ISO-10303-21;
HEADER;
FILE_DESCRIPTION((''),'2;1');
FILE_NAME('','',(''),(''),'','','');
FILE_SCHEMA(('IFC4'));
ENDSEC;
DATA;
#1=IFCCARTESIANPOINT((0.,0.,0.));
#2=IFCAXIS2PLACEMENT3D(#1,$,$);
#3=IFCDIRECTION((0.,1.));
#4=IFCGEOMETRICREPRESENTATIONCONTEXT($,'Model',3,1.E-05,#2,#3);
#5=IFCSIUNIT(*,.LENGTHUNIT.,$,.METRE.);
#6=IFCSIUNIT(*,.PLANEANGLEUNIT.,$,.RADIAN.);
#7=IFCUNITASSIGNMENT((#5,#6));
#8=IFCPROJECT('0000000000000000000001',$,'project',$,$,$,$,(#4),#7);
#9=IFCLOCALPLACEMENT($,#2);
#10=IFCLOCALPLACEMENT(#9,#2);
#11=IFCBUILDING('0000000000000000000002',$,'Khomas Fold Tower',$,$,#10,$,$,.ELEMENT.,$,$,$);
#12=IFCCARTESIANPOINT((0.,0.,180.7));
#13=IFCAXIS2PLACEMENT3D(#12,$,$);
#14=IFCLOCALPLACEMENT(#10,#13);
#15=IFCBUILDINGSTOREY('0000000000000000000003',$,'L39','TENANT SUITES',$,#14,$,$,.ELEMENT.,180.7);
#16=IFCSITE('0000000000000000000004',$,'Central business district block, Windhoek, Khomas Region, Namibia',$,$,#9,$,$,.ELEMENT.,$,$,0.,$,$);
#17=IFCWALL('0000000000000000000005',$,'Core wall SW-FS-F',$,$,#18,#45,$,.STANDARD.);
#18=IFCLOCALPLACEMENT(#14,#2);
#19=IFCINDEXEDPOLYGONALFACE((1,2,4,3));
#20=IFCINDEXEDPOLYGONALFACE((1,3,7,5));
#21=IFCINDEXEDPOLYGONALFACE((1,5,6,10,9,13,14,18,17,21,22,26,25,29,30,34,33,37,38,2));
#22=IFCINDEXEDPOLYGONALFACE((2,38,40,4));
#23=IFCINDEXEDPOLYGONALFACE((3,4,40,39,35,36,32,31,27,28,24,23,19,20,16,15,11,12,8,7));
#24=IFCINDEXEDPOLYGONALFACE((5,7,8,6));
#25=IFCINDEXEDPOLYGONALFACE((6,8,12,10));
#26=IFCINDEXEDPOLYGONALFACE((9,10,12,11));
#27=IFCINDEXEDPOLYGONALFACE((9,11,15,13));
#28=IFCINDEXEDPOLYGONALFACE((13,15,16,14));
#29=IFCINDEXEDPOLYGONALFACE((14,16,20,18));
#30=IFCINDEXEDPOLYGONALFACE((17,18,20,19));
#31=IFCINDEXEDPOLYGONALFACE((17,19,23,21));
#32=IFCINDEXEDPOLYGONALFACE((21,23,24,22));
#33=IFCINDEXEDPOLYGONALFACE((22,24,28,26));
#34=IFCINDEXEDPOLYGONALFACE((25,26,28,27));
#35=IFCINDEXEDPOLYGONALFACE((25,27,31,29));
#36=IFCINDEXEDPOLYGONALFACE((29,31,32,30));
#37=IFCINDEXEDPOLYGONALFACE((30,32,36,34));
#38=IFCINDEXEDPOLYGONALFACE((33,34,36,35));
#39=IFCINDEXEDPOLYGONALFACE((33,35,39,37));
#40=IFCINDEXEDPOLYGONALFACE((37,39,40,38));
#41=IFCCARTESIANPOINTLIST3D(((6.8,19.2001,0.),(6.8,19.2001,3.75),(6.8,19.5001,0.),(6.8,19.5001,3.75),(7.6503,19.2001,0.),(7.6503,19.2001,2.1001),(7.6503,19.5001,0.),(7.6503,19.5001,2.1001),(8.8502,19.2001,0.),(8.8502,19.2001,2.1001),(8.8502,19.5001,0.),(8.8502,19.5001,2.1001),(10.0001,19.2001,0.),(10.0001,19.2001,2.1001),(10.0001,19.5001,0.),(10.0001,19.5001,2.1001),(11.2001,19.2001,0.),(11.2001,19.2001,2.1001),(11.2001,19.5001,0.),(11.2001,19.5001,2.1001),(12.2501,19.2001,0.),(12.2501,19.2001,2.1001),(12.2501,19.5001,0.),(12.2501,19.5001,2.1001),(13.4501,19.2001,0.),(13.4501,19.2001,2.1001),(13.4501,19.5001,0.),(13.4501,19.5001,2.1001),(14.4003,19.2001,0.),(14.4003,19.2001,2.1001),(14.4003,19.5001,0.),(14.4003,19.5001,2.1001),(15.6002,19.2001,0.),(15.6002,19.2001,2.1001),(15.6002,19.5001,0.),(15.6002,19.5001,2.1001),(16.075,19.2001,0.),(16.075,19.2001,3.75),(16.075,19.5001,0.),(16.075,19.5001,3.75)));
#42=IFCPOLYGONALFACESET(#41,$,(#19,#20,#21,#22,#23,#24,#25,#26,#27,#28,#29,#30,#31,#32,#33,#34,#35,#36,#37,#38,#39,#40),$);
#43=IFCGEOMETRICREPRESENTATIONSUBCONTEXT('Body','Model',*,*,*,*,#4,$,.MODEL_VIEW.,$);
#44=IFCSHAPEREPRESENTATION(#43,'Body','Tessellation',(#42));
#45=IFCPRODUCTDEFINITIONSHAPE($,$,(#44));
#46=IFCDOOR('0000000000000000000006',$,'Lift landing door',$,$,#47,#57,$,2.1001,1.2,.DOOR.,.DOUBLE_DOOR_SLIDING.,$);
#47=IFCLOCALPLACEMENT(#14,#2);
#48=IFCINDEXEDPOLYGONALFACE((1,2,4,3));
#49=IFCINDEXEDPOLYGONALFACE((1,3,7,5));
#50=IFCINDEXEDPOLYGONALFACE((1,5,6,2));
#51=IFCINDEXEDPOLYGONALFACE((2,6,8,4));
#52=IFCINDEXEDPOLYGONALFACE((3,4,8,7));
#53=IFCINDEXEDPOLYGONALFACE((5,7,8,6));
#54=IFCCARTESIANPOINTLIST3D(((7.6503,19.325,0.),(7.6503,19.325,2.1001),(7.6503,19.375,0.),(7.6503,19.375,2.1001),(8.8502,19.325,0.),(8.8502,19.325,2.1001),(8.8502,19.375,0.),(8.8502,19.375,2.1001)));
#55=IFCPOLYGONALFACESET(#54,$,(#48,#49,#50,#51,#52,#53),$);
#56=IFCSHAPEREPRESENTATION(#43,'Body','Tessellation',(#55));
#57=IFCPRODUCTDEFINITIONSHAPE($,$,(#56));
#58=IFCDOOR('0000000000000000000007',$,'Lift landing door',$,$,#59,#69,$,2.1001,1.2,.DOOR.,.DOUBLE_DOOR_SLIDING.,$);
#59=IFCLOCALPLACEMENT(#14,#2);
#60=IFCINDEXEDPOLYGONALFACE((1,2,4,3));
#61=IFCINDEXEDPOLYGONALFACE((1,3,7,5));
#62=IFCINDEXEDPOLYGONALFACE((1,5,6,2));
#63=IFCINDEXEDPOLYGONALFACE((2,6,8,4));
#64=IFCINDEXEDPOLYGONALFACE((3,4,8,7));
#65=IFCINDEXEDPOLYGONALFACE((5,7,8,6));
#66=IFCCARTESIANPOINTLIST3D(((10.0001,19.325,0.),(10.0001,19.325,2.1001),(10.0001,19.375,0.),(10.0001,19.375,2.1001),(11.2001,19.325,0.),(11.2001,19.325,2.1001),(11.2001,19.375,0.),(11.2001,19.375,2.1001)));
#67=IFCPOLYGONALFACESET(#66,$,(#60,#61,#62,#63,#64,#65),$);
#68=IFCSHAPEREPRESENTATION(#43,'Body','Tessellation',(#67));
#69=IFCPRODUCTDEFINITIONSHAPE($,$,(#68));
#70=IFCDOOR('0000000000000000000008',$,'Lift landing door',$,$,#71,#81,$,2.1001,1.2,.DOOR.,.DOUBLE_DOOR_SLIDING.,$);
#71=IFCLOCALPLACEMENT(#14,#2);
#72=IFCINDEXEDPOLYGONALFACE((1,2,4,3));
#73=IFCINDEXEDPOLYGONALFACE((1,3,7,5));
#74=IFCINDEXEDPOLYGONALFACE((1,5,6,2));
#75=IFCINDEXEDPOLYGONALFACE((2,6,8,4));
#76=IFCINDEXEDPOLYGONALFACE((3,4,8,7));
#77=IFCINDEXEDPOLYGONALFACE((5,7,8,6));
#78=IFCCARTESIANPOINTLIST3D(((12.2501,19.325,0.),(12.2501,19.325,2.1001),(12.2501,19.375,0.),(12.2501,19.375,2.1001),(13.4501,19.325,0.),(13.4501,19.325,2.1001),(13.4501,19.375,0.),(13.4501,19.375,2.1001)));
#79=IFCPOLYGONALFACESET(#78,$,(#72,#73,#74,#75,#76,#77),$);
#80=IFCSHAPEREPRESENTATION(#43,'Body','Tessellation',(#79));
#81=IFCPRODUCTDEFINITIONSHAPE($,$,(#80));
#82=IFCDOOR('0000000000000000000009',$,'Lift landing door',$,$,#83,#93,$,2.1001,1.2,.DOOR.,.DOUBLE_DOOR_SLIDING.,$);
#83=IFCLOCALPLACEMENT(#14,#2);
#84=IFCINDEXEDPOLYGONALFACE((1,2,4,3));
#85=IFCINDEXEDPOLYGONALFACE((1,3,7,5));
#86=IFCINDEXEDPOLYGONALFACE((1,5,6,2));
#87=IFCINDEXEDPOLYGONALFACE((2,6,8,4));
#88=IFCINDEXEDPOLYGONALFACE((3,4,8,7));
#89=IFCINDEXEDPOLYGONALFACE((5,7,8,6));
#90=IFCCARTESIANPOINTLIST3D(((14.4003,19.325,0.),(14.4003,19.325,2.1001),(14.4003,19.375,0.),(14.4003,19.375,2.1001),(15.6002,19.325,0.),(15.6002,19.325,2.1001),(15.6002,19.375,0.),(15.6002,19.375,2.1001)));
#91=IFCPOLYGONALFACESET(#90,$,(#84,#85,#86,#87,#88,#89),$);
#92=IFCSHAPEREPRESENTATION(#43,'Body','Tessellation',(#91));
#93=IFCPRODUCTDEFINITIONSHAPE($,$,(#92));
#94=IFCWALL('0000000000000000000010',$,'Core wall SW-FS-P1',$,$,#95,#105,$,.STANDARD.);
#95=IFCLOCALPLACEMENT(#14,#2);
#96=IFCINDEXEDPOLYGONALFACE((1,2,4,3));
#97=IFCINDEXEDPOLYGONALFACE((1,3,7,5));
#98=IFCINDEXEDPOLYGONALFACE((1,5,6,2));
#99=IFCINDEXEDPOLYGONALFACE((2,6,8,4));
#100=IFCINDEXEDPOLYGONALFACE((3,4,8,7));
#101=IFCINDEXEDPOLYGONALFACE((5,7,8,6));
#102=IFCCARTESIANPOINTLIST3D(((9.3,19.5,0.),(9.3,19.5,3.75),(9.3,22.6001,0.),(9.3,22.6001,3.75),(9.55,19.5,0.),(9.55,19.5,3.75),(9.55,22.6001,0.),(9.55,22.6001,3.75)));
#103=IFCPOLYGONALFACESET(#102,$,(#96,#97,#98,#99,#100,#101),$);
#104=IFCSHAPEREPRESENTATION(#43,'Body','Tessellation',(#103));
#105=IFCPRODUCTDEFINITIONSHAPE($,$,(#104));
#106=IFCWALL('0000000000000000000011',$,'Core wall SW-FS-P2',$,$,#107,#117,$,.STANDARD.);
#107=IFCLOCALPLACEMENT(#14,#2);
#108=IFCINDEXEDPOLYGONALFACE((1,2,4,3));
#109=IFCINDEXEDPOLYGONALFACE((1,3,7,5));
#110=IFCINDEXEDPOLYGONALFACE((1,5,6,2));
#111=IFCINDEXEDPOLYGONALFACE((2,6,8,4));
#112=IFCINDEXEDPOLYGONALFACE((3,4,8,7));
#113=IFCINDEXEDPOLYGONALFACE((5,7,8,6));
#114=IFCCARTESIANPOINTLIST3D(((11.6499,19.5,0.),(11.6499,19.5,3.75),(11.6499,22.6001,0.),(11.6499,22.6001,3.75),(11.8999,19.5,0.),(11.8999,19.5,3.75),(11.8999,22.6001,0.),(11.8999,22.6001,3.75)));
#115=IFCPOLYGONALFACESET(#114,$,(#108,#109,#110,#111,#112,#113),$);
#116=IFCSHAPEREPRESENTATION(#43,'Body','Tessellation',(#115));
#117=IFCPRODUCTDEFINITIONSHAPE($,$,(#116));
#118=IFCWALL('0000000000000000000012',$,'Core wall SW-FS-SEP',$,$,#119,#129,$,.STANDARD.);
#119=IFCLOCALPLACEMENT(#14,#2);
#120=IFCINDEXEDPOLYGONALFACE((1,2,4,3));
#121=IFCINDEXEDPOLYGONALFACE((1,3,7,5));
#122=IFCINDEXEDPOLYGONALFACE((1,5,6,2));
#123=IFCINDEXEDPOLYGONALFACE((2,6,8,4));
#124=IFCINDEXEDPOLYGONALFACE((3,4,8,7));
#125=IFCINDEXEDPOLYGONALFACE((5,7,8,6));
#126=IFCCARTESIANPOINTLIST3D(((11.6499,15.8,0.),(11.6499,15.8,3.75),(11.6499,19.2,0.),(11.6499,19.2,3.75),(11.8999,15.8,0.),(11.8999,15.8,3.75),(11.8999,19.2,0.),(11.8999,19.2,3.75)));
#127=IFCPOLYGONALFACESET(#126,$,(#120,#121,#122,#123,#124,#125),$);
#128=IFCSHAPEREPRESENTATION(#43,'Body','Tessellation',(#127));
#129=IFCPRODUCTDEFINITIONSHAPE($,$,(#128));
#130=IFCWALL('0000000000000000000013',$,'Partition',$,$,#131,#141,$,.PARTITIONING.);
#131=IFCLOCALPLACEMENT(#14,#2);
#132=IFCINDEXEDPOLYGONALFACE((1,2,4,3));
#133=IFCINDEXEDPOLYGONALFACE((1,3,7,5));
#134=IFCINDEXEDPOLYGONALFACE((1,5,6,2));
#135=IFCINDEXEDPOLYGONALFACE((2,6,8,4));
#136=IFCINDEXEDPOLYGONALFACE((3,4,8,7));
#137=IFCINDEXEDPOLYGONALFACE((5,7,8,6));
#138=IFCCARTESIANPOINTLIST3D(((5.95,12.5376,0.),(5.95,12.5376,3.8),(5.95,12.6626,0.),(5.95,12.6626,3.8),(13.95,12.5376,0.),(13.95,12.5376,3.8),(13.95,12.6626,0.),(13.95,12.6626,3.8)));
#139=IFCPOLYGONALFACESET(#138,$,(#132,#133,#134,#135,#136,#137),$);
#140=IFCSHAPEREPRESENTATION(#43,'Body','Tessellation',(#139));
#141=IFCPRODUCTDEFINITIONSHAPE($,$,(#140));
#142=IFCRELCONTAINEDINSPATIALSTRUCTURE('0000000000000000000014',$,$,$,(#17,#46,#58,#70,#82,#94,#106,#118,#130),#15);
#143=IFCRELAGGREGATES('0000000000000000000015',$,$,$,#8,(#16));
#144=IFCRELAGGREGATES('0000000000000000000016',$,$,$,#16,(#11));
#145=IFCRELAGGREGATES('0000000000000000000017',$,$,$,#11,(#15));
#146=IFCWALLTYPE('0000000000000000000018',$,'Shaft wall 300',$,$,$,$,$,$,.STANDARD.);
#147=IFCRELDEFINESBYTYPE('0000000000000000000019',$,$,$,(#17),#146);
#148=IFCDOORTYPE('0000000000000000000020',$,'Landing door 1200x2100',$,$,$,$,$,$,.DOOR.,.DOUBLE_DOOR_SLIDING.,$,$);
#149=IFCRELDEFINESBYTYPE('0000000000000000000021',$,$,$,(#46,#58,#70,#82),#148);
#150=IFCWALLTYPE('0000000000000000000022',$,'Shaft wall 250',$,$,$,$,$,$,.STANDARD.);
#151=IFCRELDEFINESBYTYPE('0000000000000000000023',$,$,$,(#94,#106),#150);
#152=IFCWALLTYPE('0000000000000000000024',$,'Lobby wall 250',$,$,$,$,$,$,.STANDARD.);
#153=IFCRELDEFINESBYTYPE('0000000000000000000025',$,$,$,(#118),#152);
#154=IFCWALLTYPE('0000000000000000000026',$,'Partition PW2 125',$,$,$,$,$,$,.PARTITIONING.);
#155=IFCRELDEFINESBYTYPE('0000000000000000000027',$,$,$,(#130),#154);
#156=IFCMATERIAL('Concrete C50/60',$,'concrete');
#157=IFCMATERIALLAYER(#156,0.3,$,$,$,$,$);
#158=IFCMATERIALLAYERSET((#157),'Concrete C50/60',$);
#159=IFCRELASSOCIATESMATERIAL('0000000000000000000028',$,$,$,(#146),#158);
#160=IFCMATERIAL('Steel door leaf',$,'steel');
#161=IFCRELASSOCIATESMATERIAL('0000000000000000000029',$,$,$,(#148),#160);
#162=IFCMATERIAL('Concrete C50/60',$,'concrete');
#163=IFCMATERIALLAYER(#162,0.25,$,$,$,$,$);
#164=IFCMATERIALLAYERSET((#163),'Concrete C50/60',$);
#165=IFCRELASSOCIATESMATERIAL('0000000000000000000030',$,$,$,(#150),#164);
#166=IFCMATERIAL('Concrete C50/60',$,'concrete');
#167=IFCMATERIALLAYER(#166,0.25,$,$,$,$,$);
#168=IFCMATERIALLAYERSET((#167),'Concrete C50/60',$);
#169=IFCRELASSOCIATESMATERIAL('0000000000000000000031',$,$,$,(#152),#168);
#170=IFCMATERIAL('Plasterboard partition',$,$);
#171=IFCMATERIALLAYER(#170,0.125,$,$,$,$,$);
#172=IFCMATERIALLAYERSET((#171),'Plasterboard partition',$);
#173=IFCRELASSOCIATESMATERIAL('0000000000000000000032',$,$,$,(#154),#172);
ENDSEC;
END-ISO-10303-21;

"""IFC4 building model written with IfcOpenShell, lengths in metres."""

from ifc_helpers import new_model, si_unit, direction, frame, frame_2d, origin, place, context, subcontext, project, spatial, rectangle, extrude, source, transform, mapped, material, layer, layer_set, type_object, element, fill, save


model = new_model("IFC4")

# Units and contexts
model_context = context("Model", 3, precision=1e-05, world=origin(), true_north=direction((0.0, 1.0)))
body_context = subcontext(model_context, "Body", "Model", "MODEL_VIEW")
ifc_project = project(units=[si_unit("LENGTHUNIT", "METRE"), si_unit("PLANEANGLEUNIT", "RADIAN")], contexts=[model_context])

# Site, building, storey
site_placement = place(None, origin())
site = spatial("IfcSite", under=ifc_project, at=site_placement, Name="Central business district block, Windhoek, Khomas Region, Namibia", CompositionType="ELEMENT", RefElevation=0.0)
building_placement = place(site_placement, origin())
building = spatial("IfcBuilding", under=site, at=building_placement, Name="Khomas Fold Tower", CompositionType="ELEMENT")
storey_placement = place(building_placement, frame((0.0, 0.0, 180.7)))
storey = spatial("IfcBuildingStorey", under=building, at=storey_placement, Name="L39", Description="TENANT SUITES", CompositionType="ELEMENT", Elevation=180.7)

# Wall, openings, doors
ifc_material_1 = material(Name="Concrete C50/60", Category="concrete")
ifc_layer_1 = layer(ifc_material_1, 0.3)
ifc_layer_set_1 = layer_set([ifc_layer_1], Name="Concrete C50/60")
wall_type_1 = type_object("IfcWallType", Name="Shaft wall 300", PredefinedType="STANDARD", material=ifc_layer_set_1)
shared_shape_1 = source(origin(), body_context, "Body", "SweptSolid", [
    extrude(rectangle(XDim=9.2749, YDim=0.3, at=frame_2d((4.6375, 0.0))), origin(), (0.0, 0.0, 1.0), 3.75),
])
wall_1_placement = place(storey_placement, frame((6.8, 19.3501, 0.0), z_axis=(0.0, 0.0, 1.0), x_axis=(1.0, 0.0, 0.0)))
wall_1 = element("IfcWall", 1, at=wall_1_placement, inside=storey, type_object=wall_type_1, Name="Core wall SW-FS-F", PredefinedType="STANDARD", context=body_context, shape_type="MappedRepresentation", body=[
    mapped(shared_shape_1, transform((0.0, 0.0, 0.0))),
])
shared_shape_2 = source(origin(), body_context, "Body", "SweptSolid", [
    extrude(rectangle(XDim=1.2, YDim=2.1001, at=frame_2d((0.6001, 1.05))), frame((0.0, 0.1599, 0.0), z_axis=(0.0, -1.0, 0.0), x_axis=(1.0, 0.0, 0.0)), (0.0, 0.0, 1.0), 0.3201),
])
opening_1_placement = place(wall_1_placement, frame((0.8501, 0.0, 0.0)))
opening_1 = element("IfcOpeningElement", 2, at=opening_1_placement, cuts=wall_1, PredefinedType="OPENING", context=body_context, shape_type="MappedRepresentation", body=[
    mapped(shared_shape_2, transform((0.0, 0.0, 0.0))),
])
opening_2_placement = place(wall_1_placement, frame((3.2, 0.0, 0.0)))
opening_2 = element("IfcOpeningElement", 3, at=opening_2_placement, cuts=wall_1, PredefinedType="OPENING", context=body_context, shape_type="MappedRepresentation", body=[
    mapped(shared_shape_2, transform((0.0, 0.0, 0.0))),
])
opening_3_placement = place(wall_1_placement, frame((5.45, 0.0, 0.0)))
opening_3 = element("IfcOpeningElement", 4, at=opening_3_placement, cuts=wall_1, PredefinedType="OPENING", context=body_context, shape_type="MappedRepresentation", body=[
    mapped(shared_shape_2, transform((0.0, 0.0, 0.0))),
])
opening_4_placement = place(wall_1_placement, frame((7.6001, 0.0, 0.0)))
opening_4 = element("IfcOpeningElement", 5, at=opening_4_placement, cuts=wall_1, PredefinedType="OPENING", context=body_context, shape_type="MappedRepresentation", body=[
    mapped(shared_shape_2, transform((0.0, 0.0, 0.0))),
])
ifc_material_2 = material(Name="Steel door leaf", Category="steel")
door_type_1 = type_object("IfcDoorType", Name="Landing door 1200x2100", OperationType="DOUBLE_DOOR_SLIDING", PredefinedType="DOOR", material=ifc_material_2)
shared_shape_3 = source(origin(), body_context, "Body", "SweptSolid", [
    extrude(rectangle(XDim=1.2, YDim=2.1001, at=frame_2d((0.6001, 1.05))), frame((0.0, 0.0249, 0.0), z_axis=(0.0, -1.0, 0.0), x_axis=(1.0, 0.0, 0.0)), (0.0, 0.0, 1.0), 0.05),
])
door_1_placement = place(opening_1_placement, origin())
door_1 = element("IfcDoor", 6, at=door_1_placement, inside=storey, type_object=door_type_1, Name="Lift landing door", OperationType="DOUBLE_DOOR_SLIDING", OverallHeight=2.1001, OverallWidth=1.2, PredefinedType="DOOR", context=body_context, shape_type="MappedRepresentation", body=[
    mapped(shared_shape_3, transform((0.0, 0.0, 0.0))),
])
fill(opening_1, door_1)
door_2_placement = place(opening_2_placement, origin())
door_2 = element("IfcDoor", 7, at=door_2_placement, inside=storey, type_object=door_type_1, Name="Lift landing door", OperationType="DOUBLE_DOOR_SLIDING", OverallHeight=2.1001, OverallWidth=1.2, PredefinedType="DOOR", context=body_context, shape_type="MappedRepresentation", body=[
    mapped(shared_shape_3, transform((0.0, 0.0, 0.0))),
])
fill(opening_2, door_2)
door_3_placement = place(opening_3_placement, origin())
door_3 = element("IfcDoor", 8, at=door_3_placement, inside=storey, type_object=door_type_1, Name="Lift landing door", OperationType="DOUBLE_DOOR_SLIDING", OverallHeight=2.1001, OverallWidth=1.2, PredefinedType="DOOR", context=body_context, shape_type="MappedRepresentation", body=[
    mapped(shared_shape_3, transform((0.0, 0.0, 0.0))),
])
fill(opening_3, door_3)
door_4_placement = place(opening_4_placement, origin())
door_4 = element("IfcDoor", 9, at=door_4_placement, inside=storey, type_object=door_type_1, Name="Lift landing door", OperationType="DOUBLE_DOOR_SLIDING", OverallHeight=2.1001, OverallWidth=1.2, PredefinedType="DOOR", context=body_context, shape_type="MappedRepresentation", body=[
    mapped(shared_shape_3, transform((0.0, 0.0, 0.0))),
])
fill(opening_4, door_4)

# Walls
ifc_material_3 = material(Name="Concrete C50/60", Category="concrete")
ifc_layer_2 = layer(ifc_material_3, 0.25)
ifc_layer_set_2 = layer_set([ifc_layer_2], Name="Concrete C50/60")
wall_type_2 = type_object("IfcWallType", Name="Shaft wall 250", PredefinedType="STANDARD", material=ifc_layer_set_2)
shared_shape_4 = source(origin(), body_context, "Body", "SweptSolid", [
    extrude(rectangle(XDim=3.1001, YDim=0.25, at=frame_2d((1.55, 0.0))), origin(), (0.0, 0.0, 1.0), 3.75),
])
for number, where, z_axis, x_axis, name in (
    (10, (9.425, 19.5, 0.0), (0.0, 0.0, 1.0), (0.0, 1.0, 0.0), "Core wall SW-FS-P1"),
    (11, (11.7749, 19.5, 0.0), (0.0, 0.0, 1.0), (0.0, 1.0, 0.0), "Core wall SW-FS-P2"),
):
    element("IfcWall", number, at=place(storey_placement, frame(where, z_axis=z_axis, x_axis=x_axis)), inside=storey, type_object=wall_type_2, Name=name, PredefinedType="STANDARD", context=body_context, shape_type="MappedRepresentation", body=[
        mapped(shared_shape_4, transform((0.0, 0.0, 0.0))),
    ])
ifc_material_4 = material(Name="Concrete C50/60", Category="concrete")
ifc_layer_3 = layer(ifc_material_4, 0.25)
ifc_layer_set_3 = layer_set([ifc_layer_3], Name="Concrete C50/60")
wall_type_3 = type_object("IfcWallType", Name="Lobby wall 250", PredefinedType="STANDARD", material=ifc_layer_set_3)
shared_shape_5 = source(origin(), body_context, "Body", "SweptSolid", [
    extrude(rectangle(XDim=3.3999, YDim=0.25, at=frame_2d((1.7, 0.0))), origin(), (0.0, 0.0, 1.0), 3.75),
])
wall_2_placement = place(storey_placement, frame((11.7749, 15.8, 0.0), z_axis=(0.0, 0.0, 1.0), x_axis=(0.0, 1.0, 0.0)))
element("IfcWall", 12, at=wall_2_placement, inside=storey, type_object=wall_type_3, Name="Core wall SW-FS-SEP", PredefinedType="STANDARD", context=body_context, shape_type="MappedRepresentation", body=[
    mapped(shared_shape_5, transform((0.0, 0.0, 0.0))),
])
ifc_material_5 = material(Name="Plasterboard partition")
ifc_layer_4 = layer(ifc_material_5, 0.125)
ifc_layer_set_4 = layer_set([ifc_layer_4], Name="Plasterboard partition")
wall_type_4 = type_object("IfcWallType", Name="Partition PW2 125", PredefinedType="PARTITIONING", material=ifc_layer_set_4)
shared_shape_6 = source(origin(), body_context, "Body", "SweptSolid", [
    extrude(rectangle(XDim=8.0, YDim=0.125, at=frame_2d((4.0, 0.0))), origin(), (0.0, 0.0, 1.0), 3.8),
])
wall_3_placement = place(storey_placement, frame((5.95, 12.6001, 0.0), z_axis=(0.0, 0.0, 1.0), x_axis=(1.0, 0.0, 0.0)))
element("IfcWall", 13, at=wall_3_placement, inside=storey, type_object=wall_type_4, Name="Partition", PredefinedType="PARTITIONING", context=body_context, shape_type="MappedRepresentation", body=[
    mapped(shared_shape_6, transform((0.0, 0.0, 0.0))),
])

save(model, "model.ifc")
